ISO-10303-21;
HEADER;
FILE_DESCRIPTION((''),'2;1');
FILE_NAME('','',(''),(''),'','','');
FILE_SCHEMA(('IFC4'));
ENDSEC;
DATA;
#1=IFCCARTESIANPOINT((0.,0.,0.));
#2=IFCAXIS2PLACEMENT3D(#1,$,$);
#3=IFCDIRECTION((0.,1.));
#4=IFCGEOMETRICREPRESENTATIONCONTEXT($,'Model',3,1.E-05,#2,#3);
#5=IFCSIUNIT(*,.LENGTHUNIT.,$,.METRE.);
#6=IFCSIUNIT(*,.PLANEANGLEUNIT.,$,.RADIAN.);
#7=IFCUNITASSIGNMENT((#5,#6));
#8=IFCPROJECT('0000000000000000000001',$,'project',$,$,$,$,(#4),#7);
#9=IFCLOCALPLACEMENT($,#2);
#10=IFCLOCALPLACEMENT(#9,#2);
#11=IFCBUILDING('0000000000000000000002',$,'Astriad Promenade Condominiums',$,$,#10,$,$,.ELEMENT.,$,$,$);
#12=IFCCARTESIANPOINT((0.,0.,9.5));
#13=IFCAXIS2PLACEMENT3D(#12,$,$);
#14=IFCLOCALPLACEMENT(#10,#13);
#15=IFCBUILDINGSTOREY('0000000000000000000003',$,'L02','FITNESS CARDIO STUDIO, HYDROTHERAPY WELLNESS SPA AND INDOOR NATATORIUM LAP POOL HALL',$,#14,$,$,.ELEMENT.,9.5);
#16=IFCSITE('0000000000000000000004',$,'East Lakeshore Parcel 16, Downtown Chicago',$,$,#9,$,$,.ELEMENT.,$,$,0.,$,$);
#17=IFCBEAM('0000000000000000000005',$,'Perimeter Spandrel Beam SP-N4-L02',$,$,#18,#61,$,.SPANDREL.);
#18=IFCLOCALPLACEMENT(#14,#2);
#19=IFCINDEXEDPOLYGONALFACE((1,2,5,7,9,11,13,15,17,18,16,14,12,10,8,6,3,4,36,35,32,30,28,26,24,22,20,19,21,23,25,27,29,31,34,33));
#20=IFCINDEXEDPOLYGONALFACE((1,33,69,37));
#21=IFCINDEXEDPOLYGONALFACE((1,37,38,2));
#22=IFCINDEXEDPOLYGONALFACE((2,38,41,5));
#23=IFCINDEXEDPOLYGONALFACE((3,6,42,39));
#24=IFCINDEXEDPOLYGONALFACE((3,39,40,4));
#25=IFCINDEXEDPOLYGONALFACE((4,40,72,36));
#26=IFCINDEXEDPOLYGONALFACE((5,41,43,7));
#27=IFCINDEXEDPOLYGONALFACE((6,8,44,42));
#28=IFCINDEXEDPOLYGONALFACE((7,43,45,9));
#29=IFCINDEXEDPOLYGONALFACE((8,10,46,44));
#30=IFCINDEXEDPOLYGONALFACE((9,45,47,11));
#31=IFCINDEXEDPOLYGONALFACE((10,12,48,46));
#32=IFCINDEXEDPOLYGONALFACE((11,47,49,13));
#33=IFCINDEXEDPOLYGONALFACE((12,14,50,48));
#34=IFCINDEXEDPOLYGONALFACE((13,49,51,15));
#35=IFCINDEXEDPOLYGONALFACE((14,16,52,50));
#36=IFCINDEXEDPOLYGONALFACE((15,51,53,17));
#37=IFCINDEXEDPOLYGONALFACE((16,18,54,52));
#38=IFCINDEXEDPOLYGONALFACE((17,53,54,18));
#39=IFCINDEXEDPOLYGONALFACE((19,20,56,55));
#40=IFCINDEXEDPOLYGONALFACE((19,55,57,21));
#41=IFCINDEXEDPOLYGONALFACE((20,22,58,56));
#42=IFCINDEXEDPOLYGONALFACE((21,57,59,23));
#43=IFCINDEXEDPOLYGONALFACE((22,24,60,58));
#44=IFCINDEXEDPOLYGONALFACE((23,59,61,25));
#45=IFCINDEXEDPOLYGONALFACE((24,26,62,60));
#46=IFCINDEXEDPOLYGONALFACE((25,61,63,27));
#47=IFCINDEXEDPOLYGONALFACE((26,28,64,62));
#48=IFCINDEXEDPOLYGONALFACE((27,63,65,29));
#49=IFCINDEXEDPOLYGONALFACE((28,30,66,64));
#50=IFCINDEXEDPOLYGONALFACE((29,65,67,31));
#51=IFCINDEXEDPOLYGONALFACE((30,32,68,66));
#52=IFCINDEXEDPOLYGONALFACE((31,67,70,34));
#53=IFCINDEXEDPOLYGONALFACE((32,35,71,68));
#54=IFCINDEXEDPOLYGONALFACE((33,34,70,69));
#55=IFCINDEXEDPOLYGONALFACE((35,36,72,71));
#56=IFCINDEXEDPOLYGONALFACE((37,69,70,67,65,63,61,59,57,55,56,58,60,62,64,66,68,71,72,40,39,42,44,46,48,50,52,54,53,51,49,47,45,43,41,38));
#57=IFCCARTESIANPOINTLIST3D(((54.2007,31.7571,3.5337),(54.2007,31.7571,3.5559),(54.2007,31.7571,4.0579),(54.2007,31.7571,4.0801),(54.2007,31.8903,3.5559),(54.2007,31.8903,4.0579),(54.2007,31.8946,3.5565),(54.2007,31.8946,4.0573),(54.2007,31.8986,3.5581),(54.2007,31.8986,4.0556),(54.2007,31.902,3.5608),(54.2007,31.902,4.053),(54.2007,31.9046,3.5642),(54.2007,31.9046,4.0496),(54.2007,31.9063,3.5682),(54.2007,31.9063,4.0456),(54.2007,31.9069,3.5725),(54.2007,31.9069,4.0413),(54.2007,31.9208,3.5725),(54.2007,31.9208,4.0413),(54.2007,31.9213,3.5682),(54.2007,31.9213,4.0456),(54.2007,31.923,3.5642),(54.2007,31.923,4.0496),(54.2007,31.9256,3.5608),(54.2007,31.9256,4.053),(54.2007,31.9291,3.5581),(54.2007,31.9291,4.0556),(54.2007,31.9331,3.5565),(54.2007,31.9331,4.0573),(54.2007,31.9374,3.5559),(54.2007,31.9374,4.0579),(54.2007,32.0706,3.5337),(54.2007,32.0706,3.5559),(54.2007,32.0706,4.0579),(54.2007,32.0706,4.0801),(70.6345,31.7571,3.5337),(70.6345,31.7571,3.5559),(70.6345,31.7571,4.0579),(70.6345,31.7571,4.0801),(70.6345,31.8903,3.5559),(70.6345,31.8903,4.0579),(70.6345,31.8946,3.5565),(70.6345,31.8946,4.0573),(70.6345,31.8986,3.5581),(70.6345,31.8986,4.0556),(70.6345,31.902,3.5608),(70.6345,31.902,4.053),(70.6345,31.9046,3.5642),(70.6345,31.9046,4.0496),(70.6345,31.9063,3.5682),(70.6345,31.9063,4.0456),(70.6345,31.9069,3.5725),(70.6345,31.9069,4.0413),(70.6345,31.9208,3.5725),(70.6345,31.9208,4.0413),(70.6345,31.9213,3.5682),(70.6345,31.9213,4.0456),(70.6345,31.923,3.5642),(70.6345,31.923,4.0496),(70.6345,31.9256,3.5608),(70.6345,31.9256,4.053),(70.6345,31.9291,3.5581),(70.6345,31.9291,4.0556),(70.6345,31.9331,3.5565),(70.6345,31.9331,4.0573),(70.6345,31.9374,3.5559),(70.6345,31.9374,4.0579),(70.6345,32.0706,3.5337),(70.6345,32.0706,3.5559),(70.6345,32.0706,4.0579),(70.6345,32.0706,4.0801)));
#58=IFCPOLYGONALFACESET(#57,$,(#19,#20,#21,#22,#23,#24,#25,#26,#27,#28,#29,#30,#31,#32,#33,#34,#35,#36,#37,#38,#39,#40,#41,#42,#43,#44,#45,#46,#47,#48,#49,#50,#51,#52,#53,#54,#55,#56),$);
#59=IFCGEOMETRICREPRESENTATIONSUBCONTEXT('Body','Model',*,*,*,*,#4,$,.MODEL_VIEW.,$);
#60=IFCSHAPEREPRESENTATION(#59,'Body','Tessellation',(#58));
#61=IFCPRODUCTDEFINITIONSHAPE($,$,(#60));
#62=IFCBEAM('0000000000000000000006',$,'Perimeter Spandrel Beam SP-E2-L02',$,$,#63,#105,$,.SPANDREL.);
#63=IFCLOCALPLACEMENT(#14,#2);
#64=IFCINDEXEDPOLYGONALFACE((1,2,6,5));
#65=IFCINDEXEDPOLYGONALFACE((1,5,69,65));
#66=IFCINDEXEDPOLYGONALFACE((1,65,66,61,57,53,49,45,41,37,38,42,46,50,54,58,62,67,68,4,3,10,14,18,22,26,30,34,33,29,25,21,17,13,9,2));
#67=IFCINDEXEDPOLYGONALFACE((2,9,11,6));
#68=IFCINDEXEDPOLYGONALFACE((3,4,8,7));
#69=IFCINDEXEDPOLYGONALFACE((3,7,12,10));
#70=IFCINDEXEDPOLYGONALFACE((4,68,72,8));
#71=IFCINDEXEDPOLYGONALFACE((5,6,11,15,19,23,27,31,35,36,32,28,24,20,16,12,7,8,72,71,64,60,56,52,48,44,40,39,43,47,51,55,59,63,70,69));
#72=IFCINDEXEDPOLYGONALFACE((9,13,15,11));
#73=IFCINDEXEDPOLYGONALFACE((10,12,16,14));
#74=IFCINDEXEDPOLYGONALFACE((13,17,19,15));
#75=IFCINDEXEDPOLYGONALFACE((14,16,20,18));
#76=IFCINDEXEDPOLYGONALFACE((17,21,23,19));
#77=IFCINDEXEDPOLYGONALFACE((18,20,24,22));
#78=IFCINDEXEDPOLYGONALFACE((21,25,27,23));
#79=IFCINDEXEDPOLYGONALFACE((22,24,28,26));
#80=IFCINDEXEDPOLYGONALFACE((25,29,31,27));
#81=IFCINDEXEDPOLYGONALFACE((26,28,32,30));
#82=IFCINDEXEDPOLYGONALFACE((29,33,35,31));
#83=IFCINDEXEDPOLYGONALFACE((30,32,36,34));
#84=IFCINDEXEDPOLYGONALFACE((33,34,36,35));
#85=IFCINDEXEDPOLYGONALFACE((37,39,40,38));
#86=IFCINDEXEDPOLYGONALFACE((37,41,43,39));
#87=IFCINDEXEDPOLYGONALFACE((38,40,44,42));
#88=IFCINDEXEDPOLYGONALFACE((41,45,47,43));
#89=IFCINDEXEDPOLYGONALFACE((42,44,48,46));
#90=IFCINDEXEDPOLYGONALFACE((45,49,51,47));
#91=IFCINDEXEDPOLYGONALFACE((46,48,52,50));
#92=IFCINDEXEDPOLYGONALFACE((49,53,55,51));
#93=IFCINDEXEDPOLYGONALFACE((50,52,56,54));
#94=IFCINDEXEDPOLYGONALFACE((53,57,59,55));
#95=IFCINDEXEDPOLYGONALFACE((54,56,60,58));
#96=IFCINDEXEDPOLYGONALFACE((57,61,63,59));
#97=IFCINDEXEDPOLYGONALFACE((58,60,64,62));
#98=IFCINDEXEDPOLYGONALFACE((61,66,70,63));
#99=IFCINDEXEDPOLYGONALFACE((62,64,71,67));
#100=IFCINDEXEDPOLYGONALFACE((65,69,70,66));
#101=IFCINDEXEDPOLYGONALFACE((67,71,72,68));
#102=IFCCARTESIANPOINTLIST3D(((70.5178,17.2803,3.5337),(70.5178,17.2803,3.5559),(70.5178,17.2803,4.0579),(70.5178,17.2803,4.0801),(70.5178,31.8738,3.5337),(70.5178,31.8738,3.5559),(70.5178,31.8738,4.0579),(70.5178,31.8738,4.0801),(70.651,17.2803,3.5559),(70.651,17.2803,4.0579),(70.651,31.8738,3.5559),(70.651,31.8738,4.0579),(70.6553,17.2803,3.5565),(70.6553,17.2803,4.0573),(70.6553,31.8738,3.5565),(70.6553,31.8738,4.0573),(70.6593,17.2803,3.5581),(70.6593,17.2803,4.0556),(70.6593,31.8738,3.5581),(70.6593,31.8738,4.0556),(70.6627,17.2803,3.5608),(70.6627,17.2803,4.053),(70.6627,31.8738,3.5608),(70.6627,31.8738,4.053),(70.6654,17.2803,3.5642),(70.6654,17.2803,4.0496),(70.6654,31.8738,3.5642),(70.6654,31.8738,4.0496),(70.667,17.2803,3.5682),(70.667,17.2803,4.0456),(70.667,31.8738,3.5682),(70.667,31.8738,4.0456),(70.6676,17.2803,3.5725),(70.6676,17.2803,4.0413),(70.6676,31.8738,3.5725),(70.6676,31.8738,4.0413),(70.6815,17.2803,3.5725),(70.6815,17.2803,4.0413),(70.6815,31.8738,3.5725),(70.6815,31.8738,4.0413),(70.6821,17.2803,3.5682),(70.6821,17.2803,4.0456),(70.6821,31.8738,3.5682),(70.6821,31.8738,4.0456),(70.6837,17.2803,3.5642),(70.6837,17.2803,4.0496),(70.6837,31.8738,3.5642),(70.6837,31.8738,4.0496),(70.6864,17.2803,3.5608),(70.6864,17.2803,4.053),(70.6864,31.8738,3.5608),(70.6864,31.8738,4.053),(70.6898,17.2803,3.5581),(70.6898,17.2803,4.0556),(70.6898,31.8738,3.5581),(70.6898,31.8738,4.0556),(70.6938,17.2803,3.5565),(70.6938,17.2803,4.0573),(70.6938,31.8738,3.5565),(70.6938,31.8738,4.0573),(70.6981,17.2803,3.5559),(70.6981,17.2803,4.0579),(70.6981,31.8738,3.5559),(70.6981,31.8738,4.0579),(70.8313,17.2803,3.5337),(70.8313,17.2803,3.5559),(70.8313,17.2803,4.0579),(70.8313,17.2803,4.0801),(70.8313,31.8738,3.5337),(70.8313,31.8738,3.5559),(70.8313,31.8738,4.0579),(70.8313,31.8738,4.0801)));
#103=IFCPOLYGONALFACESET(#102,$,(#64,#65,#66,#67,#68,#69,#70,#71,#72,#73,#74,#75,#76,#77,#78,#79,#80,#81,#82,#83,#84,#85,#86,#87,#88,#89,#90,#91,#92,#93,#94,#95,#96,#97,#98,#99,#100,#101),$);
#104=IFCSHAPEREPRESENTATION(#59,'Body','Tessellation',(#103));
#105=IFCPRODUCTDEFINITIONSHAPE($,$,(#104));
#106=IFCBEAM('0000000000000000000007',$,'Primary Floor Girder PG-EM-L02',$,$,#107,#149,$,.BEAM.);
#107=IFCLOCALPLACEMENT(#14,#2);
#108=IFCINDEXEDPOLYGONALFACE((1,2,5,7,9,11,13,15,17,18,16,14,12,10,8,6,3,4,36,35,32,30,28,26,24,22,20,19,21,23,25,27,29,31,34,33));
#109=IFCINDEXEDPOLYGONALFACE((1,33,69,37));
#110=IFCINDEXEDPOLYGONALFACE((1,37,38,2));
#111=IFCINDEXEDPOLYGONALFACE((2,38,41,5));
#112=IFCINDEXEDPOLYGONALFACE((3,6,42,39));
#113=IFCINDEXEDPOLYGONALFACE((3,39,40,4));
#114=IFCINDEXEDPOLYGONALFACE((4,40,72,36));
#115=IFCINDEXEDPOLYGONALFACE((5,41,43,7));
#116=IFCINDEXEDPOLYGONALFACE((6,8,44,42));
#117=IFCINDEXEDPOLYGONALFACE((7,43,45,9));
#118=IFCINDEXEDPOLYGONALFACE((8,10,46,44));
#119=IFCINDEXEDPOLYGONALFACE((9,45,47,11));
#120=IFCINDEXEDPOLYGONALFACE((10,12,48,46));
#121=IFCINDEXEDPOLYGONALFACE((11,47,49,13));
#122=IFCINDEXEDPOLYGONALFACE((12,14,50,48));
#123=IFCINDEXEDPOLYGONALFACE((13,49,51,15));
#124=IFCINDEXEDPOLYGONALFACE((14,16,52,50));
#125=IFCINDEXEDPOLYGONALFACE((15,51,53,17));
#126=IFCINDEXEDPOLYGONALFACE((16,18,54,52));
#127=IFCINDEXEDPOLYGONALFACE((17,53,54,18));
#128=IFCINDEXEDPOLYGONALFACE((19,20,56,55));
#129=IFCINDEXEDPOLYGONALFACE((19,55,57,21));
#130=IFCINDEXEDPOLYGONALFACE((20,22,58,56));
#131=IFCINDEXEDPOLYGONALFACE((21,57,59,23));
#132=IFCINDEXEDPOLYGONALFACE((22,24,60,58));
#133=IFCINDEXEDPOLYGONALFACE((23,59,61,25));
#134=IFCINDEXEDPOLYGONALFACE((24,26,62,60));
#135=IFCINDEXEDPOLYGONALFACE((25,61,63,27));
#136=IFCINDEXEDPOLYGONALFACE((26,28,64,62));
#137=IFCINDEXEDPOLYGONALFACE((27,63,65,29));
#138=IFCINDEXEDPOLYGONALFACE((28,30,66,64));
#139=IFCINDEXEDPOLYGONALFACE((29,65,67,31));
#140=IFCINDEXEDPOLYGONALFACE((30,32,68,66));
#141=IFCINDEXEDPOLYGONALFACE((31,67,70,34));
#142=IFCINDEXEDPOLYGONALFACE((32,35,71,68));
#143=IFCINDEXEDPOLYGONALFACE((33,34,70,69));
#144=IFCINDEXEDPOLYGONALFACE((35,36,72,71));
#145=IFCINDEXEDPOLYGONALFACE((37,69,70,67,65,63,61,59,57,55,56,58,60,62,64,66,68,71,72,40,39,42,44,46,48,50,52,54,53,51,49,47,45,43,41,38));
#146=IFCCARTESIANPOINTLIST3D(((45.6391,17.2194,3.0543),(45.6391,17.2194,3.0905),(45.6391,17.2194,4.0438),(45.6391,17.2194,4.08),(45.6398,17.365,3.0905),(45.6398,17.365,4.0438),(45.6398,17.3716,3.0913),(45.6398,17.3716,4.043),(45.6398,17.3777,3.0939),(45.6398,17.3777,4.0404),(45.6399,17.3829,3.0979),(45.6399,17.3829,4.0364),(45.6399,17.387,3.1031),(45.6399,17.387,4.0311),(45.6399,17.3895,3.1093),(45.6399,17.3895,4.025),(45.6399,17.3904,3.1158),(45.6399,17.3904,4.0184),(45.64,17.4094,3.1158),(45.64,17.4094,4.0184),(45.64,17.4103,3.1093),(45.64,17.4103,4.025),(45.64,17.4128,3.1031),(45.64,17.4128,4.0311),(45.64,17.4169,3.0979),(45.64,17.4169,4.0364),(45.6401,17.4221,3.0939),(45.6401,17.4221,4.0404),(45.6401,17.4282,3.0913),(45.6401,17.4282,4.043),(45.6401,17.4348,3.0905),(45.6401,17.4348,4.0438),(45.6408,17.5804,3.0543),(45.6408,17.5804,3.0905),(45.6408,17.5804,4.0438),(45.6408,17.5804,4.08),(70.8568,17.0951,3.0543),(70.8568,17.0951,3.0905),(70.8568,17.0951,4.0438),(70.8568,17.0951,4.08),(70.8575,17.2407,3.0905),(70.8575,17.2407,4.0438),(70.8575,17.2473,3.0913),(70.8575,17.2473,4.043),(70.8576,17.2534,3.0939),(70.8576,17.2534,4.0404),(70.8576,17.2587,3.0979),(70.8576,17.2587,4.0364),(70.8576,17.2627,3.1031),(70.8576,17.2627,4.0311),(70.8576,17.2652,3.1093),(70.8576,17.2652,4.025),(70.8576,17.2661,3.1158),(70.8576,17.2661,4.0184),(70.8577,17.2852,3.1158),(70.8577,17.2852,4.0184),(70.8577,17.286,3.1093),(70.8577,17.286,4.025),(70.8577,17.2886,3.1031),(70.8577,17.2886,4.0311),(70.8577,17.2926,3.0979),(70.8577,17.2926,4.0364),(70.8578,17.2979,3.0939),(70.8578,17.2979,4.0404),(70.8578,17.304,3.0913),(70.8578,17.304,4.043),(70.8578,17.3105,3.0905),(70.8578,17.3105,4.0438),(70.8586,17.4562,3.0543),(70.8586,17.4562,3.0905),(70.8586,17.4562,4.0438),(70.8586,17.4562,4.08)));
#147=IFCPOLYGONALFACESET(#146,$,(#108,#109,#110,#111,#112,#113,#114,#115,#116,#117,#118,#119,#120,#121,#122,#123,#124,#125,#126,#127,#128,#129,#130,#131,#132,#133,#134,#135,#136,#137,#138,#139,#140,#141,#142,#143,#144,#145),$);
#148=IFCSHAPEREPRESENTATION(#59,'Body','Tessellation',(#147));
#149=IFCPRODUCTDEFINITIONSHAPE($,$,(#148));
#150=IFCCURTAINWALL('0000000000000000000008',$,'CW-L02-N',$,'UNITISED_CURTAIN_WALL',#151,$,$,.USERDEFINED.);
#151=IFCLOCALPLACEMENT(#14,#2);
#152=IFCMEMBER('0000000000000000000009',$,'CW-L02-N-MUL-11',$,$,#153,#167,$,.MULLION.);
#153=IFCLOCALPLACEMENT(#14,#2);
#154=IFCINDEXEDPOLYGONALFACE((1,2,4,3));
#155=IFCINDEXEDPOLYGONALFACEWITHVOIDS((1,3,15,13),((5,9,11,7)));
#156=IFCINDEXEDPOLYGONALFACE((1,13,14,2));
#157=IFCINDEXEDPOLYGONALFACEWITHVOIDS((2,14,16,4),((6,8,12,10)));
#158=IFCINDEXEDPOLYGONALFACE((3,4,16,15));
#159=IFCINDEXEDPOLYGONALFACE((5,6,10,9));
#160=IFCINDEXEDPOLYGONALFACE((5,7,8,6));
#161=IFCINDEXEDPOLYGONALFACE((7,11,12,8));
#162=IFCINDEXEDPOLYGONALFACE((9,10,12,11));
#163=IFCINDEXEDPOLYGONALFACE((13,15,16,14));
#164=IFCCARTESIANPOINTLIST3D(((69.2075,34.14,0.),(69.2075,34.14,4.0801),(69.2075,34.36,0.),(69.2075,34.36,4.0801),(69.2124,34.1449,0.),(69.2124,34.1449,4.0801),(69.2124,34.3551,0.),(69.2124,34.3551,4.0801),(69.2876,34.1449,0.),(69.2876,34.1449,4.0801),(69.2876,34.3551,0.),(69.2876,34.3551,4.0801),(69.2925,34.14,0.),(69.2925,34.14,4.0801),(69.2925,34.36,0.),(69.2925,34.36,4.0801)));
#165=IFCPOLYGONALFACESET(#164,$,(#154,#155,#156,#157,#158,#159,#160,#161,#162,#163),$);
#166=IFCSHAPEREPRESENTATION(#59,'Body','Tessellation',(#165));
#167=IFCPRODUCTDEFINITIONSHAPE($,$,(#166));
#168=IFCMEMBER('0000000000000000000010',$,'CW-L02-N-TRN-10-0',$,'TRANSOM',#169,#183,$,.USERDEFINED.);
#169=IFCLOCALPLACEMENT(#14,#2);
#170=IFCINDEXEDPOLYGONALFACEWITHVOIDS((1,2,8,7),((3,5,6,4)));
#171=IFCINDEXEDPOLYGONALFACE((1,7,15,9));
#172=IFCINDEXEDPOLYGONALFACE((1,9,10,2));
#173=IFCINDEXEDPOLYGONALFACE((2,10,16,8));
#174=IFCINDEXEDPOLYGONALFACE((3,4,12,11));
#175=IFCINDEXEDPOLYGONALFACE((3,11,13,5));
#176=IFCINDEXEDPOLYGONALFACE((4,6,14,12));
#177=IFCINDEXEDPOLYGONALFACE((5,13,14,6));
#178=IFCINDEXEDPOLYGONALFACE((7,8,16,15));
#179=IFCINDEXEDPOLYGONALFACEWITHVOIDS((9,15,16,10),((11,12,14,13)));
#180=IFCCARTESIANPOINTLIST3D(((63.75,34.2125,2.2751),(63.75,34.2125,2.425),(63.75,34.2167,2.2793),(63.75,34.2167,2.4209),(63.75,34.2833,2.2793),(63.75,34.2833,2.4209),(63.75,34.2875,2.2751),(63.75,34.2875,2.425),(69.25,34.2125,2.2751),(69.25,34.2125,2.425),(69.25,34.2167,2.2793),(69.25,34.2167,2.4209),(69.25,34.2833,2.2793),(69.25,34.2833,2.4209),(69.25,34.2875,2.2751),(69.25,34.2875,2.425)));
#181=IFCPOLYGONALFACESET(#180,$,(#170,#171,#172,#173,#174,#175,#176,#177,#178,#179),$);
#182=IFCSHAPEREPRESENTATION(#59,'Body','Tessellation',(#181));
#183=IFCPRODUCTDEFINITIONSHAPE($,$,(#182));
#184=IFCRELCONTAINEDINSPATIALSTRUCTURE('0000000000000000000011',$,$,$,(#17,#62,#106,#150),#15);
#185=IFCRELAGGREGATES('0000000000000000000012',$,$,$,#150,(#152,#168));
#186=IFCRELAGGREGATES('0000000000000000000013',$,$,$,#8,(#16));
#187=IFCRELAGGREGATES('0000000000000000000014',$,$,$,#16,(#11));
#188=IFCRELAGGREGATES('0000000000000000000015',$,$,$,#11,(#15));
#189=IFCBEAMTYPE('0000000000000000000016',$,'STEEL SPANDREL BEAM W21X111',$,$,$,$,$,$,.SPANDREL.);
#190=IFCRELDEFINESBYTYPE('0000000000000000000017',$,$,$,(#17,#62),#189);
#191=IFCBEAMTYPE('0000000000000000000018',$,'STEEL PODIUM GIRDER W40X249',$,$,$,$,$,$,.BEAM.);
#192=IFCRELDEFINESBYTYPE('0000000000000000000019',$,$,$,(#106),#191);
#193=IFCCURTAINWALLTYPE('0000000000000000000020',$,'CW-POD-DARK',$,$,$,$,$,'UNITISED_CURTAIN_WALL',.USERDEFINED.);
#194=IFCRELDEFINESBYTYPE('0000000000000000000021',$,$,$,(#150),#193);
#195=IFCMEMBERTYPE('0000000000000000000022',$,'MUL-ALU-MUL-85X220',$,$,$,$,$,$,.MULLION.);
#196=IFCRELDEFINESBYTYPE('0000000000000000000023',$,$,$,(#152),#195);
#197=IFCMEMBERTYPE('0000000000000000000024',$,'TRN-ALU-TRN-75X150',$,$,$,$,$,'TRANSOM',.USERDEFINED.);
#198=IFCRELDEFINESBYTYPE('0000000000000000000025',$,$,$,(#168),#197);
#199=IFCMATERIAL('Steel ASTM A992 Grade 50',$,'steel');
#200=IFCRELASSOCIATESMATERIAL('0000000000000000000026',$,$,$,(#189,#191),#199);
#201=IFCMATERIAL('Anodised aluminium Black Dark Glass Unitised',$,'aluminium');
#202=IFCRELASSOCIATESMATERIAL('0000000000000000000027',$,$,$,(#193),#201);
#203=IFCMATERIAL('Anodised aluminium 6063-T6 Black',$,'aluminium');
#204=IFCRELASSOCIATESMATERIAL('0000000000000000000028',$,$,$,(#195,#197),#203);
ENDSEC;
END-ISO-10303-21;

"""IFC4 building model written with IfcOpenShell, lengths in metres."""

from ifc_helpers import new_model, si_unit, direction, frame, origin, origin_2d, place, context, subcontext, project, spatial, hollow_rectangle, i_section, extrude, source, transform, mapped, material, material_profile, profile_set, type_object, type_shapes, element, aggregate, save


model = new_model("IFC4")

# Units and contexts
model_context = context("Model", 3, precision=1e-05, world=origin(), true_north=direction((0.0, 1.0)))
body_context = subcontext(model_context, "Body", "Model", "MODEL_VIEW")
ifc_project = project(units=[si_unit("LENGTHUNIT", "METRE"), si_unit("PLANEANGLEUNIT", "RADIAN")], contexts=[model_context])

# Site, building, storey
site_placement = place(None, origin())
site = spatial("IfcSite", under=ifc_project, at=site_placement, Name="East Lakeshore Parcel 16, Downtown Chicago", CompositionType="ELEMENT", RefElevation=0.0)
building_placement = place(site_placement, origin())
building = spatial("IfcBuilding", under=site, at=building_placement, Name="Astriad Promenade Condominiums", CompositionType="ELEMENT")
storey_placement = place(building_placement, frame((0.0, 0.0, 9.5)))
storey = spatial("IfcBuildingStorey", under=building, at=storey_placement, Name="L02", Description="FITNESS CARDIO STUDIO, HYDROTHERAPY WELLNESS SPA AND INDOOR NATATORIUM LAP POOL HALL", CompositionType="ELEMENT", Elevation=9.5)

# Shared definitions
ifc_material_1 = material(Name="Steel ASTM A992 Grade 50", Category="steel")

# Beams
ifc_material_profile_1 = material_profile(ifc_material_1, i_section(OverallWidth=0.3135, OverallDepth=0.5464, WebThickness=0.0139, FlangeThickness=0.0222, FilletRadius=0.0166, at=origin_2d()), Name="W21X111")
ifc_profile_set_1 = profile_set([ifc_material_profile_1], Name="Steel ASTM A992 Grade 50")
beam_type_1 = type_object("IfcBeamType", Name="STEEL SPANDREL BEAM W21X111", PredefinedType="SPANDREL", material=ifc_profile_set_1)
shared_shape_1 = source(origin(), body_context, "Body", "SweptSolid", [
    extrude(i_section(OverallWidth=0.3135, OverallDepth=0.5464, WebThickness=0.0139, FlangeThickness=0.0222, FilletRadius=0.0166, at=origin_2d()), origin(), (0.0, 0.0, 1.0), 16.4338),
])
beam_1_placement = place(storey_placement, frame((70.6345, 31.9138, 3.8069), z_axis=(-1.0, 0.0, 0.0), x_axis=(0.0, -1.0, 0.0)))
element("IfcBeam", 1, at=beam_1_placement, inside=storey, type_object=beam_type_1, Name="Perimeter Spandrel Beam SP-N4-L02", PredefinedType="SPANDREL", context=body_context, shape_type="MappedRepresentation", body=[
    mapped(shared_shape_1, transform((0.0, 0.0, 0.0), scale=1.0)),
])
shared_shape_2 = source(origin(), body_context, "Body", "SweptSolid", [
    extrude(i_section(OverallWidth=0.3135, OverallDepth=0.5464, WebThickness=0.0139, FlangeThickness=0.0222, FilletRadius=0.0166, at=origin_2d()), origin(), (0.0, 0.0, 1.0), 14.5935),
])
type_shapes(beam_type_1, [shared_shape_1, shared_shape_2])
beam_2_placement = place(storey_placement, frame((70.6746, 17.2803, 3.8069), z_axis=(0.0, 1.0, 0.0), x_axis=(-1.0, 0.0, 0.0)))
element("IfcBeam", 2, at=beam_2_placement, inside=storey, type_object=beam_type_1, Name="Perimeter Spandrel Beam SP-E2-L02", PredefinedType="SPANDREL", context=body_context, shape_type="MappedRepresentation", body=[
    mapped(shared_shape_2, transform((0.0, 0.0, 0.0), scale=1.0)),
])
ifc_material_profile_2 = material_profile(ifc_material_1, i_section(OverallWidth=0.3611, OverallDepth=1.0256, WebThickness=0.019, FlangeThickness=0.0361, FilletRadius=0.0254, at=origin_2d()), Name="W40X249")
ifc_profile_set_2 = profile_set([ifc_material_profile_2], Name="Steel ASTM A992 Grade 50")
beam_type_2 = type_object("IfcBeamType", Name="STEEL PODIUM GIRDER W40X249", PredefinedType="BEAM", material=ifc_profile_set_2)
shared_shape_3 = source(origin(), body_context, "Body", "SweptSolid", [
    extrude(i_section(OverallWidth=0.3611, OverallDepth=1.0256, WebThickness=0.019, FlangeThickness=0.0361, FilletRadius=0.0254, at=origin_2d()), origin(), (0.0, 0.0, 1.0), 25.218),
])
type_shapes(beam_type_2, [shared_shape_3])
beam_3_placement = place(storey_placement, frame((70.8577, 17.2756, 3.5671), z_axis=(-0.999988, 0.004928, 0.0), x_axis=(-0.004928, -0.999988, 0.0)))
element("IfcBeam", 3, at=beam_3_placement, inside=storey, type_object=beam_type_2, Name="Primary Floor Girder PG-EM-L02", PredefinedType="BEAM", context=body_context, shape_type="MappedRepresentation", body=[
    mapped(shared_shape_3, transform((0.0, 0.0, 0.0), scale=1.0)),
])

# Curtain wall, members
ifc_material_2 = material(Name="Anodised aluminium Black Dark Glass Unitised", Category="aluminium")
curtain_wall_type = type_object("IfcCurtainWallType", Name="CW-POD-DARK", ElementType="UNITISED_CURTAIN_WALL", PredefinedType="USERDEFINED", material=ifc_material_2)
curtain_wall_placement = place(storey_placement, origin())
curtain_wall = element("IfcCurtainWall", 4, at=curtain_wall_placement, inside=storey, type_object=curtain_wall_type, Name="CW-L02-N", ObjectType="UNITISED_CURTAIN_WALL", PredefinedType="USERDEFINED")
ifc_material_3 = material(Name="Anodised aluminium 6063-T6 Black", Category="aluminium")
ifc_material_profile_3 = material_profile(ifc_material_3, hollow_rectangle(XDim=0.085, YDim=0.22, WallThickness=0.0049, at=origin_2d()), Name="ALU-MUL-85X220")
ifc_profile_set_3 = profile_set([ifc_material_profile_3], Name="Anodised aluminium 6063-T6 Black")
member_type_1 = type_object("IfcMemberType", Name="MUL-ALU-MUL-85X220", PredefinedType="MULLION", material=ifc_profile_set_3)
shared_shape_4 = source(origin(), body_context, "Body", "SweptSolid", [
    extrude(hollow_rectangle(XDim=0.085, YDim=0.22, WallThickness=0.0049, at=origin_2d()), origin(), (0.0, 0.0, 1.0), 4.0801),
])
type_shapes(member_type_1, [shared_shape_4])
member_1_placement = place(storey_placement, frame((69.25, 34.25, 0.0), z_axis=(0.0, 0.0, 1.0), x_axis=(1.0, 0.0, 0.0)))
member_1 = element("IfcMember", 5, at=member_1_placement, type_object=member_type_1, Name="CW-L02-N-MUL-11", PredefinedType="MULLION", context=body_context, shape_type="MappedRepresentation", body=[
    mapped(shared_shape_4, transform((0.0, 0.0, 0.0), scale=1.0)),
])
ifc_material_profile_4 = material_profile(ifc_material_3, hollow_rectangle(XDim=0.075, YDim=0.1499, WallThickness=0.0042, at=origin_2d()), Name="ALU-TRN-75X150")
ifc_profile_set_4 = profile_set([ifc_material_profile_4], Name="Anodised aluminium 6063-T6 Black")
member_type_2 = type_object("IfcMemberType", Name="TRN-ALU-TRN-75X150", ElementType="TRANSOM", PredefinedType="USERDEFINED", material=ifc_profile_set_4)
shared_shape_5 = source(origin(), body_context, "Body", "SweptSolid", [
    extrude(hollow_rectangle(XDim=0.075, YDim=0.1499, WallThickness=0.0042, at=origin_2d()), origin(), (0.0, 0.0, 1.0), 5.5),
])
type_shapes(member_type_2, [shared_shape_5])
member_2_placement = place(storey_placement, frame((63.75, 34.25, 2.3501), z_axis=(1.0, 0.0, 0.0), x_axis=(0.0, 1.0, 0.0)))
member_2 = element("IfcMember", 6, at=member_2_placement, type_object=member_type_2, Name="CW-L02-N-TRN-10-0", ObjectType="TRANSOM", PredefinedType="USERDEFINED", context=body_context, shape_type="MappedRepresentation", body=[
    mapped(shared_shape_5, transform((0.0, 0.0, 0.0), scale=1.0)),
])

aggregate(curtain_wall, [member_1, member_2])

save(model, "model.ifc")
